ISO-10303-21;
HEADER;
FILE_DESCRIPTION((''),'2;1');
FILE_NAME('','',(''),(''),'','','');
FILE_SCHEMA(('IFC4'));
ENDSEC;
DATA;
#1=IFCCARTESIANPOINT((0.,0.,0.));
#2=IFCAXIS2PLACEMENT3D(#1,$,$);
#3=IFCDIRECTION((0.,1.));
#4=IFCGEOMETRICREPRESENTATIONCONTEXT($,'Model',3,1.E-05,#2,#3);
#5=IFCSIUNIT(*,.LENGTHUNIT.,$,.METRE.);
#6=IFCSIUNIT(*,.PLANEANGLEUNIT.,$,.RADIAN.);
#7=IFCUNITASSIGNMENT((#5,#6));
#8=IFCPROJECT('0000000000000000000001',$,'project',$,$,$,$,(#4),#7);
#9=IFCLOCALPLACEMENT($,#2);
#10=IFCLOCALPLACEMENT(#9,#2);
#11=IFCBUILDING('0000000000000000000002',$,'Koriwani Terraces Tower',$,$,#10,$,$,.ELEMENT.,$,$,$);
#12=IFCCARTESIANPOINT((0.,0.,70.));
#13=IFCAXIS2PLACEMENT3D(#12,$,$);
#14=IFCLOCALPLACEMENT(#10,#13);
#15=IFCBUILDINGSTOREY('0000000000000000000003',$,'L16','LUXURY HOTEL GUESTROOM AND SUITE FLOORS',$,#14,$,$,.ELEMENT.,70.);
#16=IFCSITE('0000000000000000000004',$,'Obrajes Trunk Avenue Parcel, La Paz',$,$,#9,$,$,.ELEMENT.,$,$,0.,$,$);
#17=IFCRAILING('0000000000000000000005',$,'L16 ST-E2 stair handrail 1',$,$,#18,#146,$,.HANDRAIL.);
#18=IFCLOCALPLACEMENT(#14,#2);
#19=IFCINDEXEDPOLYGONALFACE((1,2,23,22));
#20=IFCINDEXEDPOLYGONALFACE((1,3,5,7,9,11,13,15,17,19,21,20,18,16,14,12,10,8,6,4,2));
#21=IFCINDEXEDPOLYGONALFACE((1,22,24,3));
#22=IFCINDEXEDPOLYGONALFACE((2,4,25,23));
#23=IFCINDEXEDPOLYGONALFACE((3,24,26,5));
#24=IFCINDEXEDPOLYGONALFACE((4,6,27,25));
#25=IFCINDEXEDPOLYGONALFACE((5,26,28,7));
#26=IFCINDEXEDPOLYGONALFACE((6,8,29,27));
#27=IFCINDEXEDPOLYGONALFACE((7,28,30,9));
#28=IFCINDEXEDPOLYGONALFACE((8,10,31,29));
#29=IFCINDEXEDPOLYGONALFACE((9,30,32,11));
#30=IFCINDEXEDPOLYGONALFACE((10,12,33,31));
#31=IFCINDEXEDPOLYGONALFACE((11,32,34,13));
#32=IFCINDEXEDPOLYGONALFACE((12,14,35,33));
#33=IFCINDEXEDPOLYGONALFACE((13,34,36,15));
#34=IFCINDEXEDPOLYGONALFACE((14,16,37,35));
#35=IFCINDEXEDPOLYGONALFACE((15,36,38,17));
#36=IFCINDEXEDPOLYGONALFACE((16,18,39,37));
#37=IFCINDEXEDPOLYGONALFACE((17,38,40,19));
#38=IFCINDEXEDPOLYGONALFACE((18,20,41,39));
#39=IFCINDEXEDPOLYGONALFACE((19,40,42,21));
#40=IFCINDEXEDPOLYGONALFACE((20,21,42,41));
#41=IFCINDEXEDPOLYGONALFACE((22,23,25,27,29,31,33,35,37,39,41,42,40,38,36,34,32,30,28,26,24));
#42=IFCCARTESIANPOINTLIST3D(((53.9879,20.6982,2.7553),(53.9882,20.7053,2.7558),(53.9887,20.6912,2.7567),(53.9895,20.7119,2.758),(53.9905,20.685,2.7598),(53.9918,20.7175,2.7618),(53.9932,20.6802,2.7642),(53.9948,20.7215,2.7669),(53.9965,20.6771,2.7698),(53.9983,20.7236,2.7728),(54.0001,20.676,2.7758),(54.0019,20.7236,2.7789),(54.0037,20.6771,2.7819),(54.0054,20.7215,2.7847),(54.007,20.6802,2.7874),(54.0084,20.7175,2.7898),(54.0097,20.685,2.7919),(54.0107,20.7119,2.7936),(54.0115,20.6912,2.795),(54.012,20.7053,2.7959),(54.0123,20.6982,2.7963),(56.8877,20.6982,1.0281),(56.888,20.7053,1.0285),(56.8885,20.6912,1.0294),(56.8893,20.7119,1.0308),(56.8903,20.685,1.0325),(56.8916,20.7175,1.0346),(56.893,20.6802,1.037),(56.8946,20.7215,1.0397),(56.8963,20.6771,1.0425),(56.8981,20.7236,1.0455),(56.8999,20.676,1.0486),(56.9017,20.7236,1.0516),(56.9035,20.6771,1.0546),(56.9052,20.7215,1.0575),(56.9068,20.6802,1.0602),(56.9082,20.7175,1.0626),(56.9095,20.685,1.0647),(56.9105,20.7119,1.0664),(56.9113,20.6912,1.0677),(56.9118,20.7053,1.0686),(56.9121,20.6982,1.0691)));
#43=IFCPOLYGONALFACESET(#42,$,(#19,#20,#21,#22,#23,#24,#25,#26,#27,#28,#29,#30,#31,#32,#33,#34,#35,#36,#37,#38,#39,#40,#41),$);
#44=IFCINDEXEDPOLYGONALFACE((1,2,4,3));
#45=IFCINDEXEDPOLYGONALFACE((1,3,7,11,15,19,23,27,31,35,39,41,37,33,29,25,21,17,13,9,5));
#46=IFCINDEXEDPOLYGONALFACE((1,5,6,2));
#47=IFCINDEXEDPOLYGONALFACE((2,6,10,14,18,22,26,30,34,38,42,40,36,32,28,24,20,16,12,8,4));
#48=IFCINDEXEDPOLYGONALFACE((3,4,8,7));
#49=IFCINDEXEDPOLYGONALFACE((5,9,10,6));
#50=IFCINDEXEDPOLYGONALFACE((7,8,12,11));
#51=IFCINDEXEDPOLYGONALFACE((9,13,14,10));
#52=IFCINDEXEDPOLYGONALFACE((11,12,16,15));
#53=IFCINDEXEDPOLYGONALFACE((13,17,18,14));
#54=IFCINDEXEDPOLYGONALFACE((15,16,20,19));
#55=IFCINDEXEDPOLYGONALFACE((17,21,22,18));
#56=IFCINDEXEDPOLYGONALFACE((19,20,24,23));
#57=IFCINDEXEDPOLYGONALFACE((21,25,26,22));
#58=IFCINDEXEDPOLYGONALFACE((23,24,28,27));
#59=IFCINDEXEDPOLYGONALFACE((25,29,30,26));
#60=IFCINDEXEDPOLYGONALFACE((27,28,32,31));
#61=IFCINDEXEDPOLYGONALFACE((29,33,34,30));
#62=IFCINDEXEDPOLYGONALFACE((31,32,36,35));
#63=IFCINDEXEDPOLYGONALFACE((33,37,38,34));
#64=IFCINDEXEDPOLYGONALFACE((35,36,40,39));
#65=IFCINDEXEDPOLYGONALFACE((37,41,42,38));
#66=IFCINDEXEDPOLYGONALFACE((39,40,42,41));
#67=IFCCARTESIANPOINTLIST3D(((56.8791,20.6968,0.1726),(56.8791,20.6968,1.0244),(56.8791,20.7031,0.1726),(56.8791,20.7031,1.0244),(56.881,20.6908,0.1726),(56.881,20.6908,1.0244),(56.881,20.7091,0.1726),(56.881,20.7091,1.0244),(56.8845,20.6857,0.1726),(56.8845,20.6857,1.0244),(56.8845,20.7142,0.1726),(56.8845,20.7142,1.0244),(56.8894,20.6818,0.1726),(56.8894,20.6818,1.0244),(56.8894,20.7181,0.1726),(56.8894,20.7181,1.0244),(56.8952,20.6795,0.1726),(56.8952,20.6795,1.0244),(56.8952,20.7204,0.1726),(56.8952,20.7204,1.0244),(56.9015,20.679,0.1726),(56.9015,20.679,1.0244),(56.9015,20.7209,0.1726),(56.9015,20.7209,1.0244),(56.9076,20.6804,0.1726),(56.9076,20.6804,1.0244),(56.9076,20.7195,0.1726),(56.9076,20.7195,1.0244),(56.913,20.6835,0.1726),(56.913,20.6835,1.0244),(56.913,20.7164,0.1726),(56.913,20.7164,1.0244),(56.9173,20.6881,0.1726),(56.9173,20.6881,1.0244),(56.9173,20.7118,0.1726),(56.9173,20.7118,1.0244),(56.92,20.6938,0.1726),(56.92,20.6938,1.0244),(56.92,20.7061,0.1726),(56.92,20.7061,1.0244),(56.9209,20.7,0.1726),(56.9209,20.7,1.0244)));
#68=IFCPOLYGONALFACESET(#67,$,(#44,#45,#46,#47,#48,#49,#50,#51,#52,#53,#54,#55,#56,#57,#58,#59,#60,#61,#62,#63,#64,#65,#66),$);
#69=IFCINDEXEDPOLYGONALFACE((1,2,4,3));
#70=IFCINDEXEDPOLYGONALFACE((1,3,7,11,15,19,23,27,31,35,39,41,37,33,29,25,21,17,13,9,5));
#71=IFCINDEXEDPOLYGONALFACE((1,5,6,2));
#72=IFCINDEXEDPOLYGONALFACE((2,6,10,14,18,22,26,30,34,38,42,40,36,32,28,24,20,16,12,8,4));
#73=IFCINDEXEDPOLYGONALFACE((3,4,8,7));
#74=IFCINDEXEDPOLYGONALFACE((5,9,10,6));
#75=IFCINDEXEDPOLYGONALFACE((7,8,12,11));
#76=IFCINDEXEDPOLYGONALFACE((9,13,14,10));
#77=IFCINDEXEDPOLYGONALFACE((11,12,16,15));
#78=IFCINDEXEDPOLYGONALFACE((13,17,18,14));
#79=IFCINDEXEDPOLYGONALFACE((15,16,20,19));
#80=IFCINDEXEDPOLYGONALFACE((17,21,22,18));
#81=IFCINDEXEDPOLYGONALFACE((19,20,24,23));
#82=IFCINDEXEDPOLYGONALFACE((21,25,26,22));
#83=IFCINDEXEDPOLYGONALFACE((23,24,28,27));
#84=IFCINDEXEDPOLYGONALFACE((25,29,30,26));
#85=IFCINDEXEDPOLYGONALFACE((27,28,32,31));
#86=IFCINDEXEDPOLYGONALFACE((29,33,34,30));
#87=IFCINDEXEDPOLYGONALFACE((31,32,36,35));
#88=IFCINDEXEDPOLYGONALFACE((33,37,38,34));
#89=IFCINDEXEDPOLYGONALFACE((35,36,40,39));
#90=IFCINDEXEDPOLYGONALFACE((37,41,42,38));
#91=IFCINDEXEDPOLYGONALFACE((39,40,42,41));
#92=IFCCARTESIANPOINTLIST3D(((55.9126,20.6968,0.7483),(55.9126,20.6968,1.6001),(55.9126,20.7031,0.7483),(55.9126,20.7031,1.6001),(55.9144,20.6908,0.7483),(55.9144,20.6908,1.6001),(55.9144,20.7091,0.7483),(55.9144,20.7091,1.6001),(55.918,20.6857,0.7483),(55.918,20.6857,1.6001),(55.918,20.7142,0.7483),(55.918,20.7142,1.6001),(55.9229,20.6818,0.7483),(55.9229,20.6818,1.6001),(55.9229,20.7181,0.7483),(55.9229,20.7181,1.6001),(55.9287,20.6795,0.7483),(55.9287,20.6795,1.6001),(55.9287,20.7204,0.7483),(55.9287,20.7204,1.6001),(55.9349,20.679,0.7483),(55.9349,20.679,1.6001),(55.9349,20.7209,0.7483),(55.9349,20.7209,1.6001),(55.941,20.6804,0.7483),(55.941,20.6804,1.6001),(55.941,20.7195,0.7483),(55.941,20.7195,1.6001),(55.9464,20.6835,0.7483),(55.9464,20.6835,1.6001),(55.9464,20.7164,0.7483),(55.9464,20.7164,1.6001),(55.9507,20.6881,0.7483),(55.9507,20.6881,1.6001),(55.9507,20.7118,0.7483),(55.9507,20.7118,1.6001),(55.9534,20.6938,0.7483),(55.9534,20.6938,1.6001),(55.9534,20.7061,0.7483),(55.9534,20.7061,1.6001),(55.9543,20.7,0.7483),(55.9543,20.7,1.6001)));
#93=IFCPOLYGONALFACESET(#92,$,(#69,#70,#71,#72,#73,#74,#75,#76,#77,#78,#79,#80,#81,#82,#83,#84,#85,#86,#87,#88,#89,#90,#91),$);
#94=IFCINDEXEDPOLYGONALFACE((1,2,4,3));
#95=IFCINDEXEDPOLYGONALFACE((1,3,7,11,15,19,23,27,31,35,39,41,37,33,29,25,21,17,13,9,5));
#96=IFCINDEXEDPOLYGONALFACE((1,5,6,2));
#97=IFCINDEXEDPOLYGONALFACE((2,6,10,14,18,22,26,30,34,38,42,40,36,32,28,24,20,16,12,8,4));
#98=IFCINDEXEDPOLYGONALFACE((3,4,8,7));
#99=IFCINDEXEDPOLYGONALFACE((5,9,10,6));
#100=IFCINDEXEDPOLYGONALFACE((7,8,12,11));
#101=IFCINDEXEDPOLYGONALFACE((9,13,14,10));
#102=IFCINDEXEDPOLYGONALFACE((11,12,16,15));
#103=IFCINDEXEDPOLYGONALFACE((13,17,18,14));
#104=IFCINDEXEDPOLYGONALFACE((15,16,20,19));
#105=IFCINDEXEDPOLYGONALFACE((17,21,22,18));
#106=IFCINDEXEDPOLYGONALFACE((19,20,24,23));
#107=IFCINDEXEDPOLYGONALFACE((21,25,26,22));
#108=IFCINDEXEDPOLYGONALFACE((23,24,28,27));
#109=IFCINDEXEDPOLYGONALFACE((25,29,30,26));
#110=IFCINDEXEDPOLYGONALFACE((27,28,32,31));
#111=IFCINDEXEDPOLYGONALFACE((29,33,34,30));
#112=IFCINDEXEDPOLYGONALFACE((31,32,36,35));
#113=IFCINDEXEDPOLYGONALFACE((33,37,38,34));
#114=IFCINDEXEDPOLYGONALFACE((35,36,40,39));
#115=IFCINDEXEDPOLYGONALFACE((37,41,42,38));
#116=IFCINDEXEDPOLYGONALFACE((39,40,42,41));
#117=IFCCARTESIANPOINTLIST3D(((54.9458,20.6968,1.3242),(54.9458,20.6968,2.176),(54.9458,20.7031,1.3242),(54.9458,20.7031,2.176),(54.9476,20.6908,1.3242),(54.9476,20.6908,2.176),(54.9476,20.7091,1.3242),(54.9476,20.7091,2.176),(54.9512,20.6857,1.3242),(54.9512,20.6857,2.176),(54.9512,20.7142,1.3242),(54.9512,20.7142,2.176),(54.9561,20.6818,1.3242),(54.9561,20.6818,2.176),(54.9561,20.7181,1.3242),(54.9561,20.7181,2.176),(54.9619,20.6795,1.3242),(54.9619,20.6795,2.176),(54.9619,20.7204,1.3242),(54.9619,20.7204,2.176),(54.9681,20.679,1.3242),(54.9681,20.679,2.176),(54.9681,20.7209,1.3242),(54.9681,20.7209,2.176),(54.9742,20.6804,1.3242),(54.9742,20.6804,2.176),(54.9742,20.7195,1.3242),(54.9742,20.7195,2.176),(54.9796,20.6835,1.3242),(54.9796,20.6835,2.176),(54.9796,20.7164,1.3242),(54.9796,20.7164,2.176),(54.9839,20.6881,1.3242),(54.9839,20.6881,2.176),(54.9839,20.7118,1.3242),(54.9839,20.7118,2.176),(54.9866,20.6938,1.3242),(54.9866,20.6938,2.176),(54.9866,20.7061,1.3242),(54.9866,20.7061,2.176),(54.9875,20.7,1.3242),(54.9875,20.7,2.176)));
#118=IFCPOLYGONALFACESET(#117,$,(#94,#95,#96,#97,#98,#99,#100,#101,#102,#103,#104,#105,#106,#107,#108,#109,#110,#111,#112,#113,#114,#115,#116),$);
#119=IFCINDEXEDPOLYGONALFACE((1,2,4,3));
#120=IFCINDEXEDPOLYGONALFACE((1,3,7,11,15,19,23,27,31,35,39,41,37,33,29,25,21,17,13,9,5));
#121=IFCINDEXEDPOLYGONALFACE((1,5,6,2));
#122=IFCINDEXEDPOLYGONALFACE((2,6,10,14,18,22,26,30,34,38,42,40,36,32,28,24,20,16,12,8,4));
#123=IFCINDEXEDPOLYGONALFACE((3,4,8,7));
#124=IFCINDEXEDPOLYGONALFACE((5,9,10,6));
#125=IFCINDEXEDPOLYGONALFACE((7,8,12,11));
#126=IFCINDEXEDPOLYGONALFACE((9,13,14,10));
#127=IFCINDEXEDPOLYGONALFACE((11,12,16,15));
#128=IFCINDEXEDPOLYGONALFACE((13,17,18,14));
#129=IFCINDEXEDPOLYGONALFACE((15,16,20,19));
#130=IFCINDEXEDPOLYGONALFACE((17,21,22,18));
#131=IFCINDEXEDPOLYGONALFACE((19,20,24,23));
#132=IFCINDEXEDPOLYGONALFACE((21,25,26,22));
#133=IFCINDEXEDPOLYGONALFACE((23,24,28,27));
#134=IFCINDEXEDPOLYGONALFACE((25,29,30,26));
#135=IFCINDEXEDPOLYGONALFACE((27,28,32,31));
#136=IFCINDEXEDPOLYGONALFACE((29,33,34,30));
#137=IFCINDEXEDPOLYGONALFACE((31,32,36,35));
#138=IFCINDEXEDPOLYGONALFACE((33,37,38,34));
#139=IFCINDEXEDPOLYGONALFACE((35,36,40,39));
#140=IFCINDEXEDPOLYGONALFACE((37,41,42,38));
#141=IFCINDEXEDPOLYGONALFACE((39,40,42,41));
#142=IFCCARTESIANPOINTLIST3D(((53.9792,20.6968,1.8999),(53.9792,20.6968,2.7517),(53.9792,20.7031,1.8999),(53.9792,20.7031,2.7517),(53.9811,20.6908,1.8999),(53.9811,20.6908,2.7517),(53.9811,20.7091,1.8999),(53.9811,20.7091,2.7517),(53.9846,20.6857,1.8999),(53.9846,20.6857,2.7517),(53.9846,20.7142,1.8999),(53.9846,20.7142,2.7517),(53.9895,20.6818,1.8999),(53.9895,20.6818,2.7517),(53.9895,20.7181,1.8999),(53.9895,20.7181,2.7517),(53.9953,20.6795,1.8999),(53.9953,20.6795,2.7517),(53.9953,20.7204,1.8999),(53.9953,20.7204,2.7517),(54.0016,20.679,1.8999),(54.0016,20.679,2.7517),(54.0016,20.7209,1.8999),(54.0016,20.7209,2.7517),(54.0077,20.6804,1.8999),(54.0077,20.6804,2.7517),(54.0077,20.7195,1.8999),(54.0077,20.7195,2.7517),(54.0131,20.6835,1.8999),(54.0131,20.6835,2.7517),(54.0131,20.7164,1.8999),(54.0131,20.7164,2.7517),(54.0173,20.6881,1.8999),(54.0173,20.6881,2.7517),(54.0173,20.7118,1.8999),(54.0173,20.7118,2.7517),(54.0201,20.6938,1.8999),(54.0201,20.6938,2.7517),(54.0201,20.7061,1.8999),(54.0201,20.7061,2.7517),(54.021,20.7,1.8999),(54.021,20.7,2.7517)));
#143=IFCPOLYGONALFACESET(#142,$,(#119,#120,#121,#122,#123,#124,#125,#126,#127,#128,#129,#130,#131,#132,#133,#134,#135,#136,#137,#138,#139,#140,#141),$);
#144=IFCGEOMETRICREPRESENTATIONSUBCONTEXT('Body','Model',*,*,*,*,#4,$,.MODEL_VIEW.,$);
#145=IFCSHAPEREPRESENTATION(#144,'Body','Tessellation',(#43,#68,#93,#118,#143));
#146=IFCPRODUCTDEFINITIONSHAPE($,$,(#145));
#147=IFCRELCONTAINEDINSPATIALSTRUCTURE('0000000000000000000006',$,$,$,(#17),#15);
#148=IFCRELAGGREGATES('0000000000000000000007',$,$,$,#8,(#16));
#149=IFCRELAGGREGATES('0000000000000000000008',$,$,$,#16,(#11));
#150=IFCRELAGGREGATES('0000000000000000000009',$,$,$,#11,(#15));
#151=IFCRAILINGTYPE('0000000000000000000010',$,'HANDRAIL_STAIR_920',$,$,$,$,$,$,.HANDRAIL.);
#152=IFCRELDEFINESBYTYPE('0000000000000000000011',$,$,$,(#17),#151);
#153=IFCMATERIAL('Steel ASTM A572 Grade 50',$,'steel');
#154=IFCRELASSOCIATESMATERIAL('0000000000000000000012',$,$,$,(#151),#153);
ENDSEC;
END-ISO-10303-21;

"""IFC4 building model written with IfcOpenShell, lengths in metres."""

from ifc_helpers import new_model, si_unit, direction, frame, origin, origin_2d, place, context, subcontext, project, spatial, circle, extrude, material, type_object, element, save


model = new_model("IFC4")

# Units and contexts
model_context = context("Model", 3, precision=1e-05, world=origin(), true_north=direction((0.0, 1.0)))
body_context = subcontext(model_context, "Body", "Model", "MODEL_VIEW")
ifc_project = project(units=[si_unit("LENGTHUNIT", "METRE"), si_unit("PLANEANGLEUNIT", "RADIAN")], contexts=[model_context])

# Site, building, storey
site_placement = place(None, origin())
site = spatial("IfcSite", under=ifc_project, at=site_placement, Name="Obrajes Trunk Avenue Parcel, La Paz", CompositionType="ELEMENT", RefElevation=0.0)
building_placement = place(site_placement, origin())
building = spatial("IfcBuilding", under=site, at=building_placement, Name="Koriwani Terraces Tower", CompositionType="ELEMENT")
storey_placement = place(building_placement, frame((0.0, 0.0, 70.0)))
storey = spatial("IfcBuildingStorey", under=building, at=storey_placement, Name="L16", Description="LUXURY HOTEL GUESTROOM AND SUITE FLOORS", CompositionType="ELEMENT", Elevation=70.0)

# Shared definitions
ifc_material_1 = material(Name="Steel ASTM A572 Grade 50", Category="steel")

# Railing
railing_type_1 = type_object("IfcRailingType", Name="HANDRAIL_STAIR_920", PredefinedType="HANDRAIL", material=ifc_material_1)
railing_1_placement = place(storey_placement, frame((56.8999, 20.7, 0.1726)))
element("IfcRailing", 1, at=railing_1_placement, inside=storey, type_object=railing_type_1, Name="L16 ST-E2 stair handrail 1", PredefinedType="HANDRAIL", context=body_context, shape_type="SweptSolid", body=[
    extrude(circle(Radius=0.0239, at=origin_2d()), frame((0.0, 0.0, 0.876), z_axis=(-0.859141, 0.0, 0.511738), x_axis=(0.0, -1.0, 0.0)), (0.0, 0.0, 1.0), 3.3752),
    extrude(circle(Radius=0.021, at=origin_2d()), origin(), (0.0, 0.0, 1.0), 0.8518),
    extrude(circle(Radius=0.021, at=origin_2d()), frame((-0.9666, 0.0, 0.5757)), (0.0, 0.0, 1.0), 0.8518),
    extrude(circle(Radius=0.021, at=origin_2d()), frame((-1.9333, 0.0, 1.1516)), (0.0, 0.0, 1.0), 0.8518),
    extrude(circle(Radius=0.021, at=origin_2d()), frame((-2.8999, 0.0, 1.7273)), (0.0, 0.0, 1.0), 0.8518),
])

save(model, "model.ifc")
